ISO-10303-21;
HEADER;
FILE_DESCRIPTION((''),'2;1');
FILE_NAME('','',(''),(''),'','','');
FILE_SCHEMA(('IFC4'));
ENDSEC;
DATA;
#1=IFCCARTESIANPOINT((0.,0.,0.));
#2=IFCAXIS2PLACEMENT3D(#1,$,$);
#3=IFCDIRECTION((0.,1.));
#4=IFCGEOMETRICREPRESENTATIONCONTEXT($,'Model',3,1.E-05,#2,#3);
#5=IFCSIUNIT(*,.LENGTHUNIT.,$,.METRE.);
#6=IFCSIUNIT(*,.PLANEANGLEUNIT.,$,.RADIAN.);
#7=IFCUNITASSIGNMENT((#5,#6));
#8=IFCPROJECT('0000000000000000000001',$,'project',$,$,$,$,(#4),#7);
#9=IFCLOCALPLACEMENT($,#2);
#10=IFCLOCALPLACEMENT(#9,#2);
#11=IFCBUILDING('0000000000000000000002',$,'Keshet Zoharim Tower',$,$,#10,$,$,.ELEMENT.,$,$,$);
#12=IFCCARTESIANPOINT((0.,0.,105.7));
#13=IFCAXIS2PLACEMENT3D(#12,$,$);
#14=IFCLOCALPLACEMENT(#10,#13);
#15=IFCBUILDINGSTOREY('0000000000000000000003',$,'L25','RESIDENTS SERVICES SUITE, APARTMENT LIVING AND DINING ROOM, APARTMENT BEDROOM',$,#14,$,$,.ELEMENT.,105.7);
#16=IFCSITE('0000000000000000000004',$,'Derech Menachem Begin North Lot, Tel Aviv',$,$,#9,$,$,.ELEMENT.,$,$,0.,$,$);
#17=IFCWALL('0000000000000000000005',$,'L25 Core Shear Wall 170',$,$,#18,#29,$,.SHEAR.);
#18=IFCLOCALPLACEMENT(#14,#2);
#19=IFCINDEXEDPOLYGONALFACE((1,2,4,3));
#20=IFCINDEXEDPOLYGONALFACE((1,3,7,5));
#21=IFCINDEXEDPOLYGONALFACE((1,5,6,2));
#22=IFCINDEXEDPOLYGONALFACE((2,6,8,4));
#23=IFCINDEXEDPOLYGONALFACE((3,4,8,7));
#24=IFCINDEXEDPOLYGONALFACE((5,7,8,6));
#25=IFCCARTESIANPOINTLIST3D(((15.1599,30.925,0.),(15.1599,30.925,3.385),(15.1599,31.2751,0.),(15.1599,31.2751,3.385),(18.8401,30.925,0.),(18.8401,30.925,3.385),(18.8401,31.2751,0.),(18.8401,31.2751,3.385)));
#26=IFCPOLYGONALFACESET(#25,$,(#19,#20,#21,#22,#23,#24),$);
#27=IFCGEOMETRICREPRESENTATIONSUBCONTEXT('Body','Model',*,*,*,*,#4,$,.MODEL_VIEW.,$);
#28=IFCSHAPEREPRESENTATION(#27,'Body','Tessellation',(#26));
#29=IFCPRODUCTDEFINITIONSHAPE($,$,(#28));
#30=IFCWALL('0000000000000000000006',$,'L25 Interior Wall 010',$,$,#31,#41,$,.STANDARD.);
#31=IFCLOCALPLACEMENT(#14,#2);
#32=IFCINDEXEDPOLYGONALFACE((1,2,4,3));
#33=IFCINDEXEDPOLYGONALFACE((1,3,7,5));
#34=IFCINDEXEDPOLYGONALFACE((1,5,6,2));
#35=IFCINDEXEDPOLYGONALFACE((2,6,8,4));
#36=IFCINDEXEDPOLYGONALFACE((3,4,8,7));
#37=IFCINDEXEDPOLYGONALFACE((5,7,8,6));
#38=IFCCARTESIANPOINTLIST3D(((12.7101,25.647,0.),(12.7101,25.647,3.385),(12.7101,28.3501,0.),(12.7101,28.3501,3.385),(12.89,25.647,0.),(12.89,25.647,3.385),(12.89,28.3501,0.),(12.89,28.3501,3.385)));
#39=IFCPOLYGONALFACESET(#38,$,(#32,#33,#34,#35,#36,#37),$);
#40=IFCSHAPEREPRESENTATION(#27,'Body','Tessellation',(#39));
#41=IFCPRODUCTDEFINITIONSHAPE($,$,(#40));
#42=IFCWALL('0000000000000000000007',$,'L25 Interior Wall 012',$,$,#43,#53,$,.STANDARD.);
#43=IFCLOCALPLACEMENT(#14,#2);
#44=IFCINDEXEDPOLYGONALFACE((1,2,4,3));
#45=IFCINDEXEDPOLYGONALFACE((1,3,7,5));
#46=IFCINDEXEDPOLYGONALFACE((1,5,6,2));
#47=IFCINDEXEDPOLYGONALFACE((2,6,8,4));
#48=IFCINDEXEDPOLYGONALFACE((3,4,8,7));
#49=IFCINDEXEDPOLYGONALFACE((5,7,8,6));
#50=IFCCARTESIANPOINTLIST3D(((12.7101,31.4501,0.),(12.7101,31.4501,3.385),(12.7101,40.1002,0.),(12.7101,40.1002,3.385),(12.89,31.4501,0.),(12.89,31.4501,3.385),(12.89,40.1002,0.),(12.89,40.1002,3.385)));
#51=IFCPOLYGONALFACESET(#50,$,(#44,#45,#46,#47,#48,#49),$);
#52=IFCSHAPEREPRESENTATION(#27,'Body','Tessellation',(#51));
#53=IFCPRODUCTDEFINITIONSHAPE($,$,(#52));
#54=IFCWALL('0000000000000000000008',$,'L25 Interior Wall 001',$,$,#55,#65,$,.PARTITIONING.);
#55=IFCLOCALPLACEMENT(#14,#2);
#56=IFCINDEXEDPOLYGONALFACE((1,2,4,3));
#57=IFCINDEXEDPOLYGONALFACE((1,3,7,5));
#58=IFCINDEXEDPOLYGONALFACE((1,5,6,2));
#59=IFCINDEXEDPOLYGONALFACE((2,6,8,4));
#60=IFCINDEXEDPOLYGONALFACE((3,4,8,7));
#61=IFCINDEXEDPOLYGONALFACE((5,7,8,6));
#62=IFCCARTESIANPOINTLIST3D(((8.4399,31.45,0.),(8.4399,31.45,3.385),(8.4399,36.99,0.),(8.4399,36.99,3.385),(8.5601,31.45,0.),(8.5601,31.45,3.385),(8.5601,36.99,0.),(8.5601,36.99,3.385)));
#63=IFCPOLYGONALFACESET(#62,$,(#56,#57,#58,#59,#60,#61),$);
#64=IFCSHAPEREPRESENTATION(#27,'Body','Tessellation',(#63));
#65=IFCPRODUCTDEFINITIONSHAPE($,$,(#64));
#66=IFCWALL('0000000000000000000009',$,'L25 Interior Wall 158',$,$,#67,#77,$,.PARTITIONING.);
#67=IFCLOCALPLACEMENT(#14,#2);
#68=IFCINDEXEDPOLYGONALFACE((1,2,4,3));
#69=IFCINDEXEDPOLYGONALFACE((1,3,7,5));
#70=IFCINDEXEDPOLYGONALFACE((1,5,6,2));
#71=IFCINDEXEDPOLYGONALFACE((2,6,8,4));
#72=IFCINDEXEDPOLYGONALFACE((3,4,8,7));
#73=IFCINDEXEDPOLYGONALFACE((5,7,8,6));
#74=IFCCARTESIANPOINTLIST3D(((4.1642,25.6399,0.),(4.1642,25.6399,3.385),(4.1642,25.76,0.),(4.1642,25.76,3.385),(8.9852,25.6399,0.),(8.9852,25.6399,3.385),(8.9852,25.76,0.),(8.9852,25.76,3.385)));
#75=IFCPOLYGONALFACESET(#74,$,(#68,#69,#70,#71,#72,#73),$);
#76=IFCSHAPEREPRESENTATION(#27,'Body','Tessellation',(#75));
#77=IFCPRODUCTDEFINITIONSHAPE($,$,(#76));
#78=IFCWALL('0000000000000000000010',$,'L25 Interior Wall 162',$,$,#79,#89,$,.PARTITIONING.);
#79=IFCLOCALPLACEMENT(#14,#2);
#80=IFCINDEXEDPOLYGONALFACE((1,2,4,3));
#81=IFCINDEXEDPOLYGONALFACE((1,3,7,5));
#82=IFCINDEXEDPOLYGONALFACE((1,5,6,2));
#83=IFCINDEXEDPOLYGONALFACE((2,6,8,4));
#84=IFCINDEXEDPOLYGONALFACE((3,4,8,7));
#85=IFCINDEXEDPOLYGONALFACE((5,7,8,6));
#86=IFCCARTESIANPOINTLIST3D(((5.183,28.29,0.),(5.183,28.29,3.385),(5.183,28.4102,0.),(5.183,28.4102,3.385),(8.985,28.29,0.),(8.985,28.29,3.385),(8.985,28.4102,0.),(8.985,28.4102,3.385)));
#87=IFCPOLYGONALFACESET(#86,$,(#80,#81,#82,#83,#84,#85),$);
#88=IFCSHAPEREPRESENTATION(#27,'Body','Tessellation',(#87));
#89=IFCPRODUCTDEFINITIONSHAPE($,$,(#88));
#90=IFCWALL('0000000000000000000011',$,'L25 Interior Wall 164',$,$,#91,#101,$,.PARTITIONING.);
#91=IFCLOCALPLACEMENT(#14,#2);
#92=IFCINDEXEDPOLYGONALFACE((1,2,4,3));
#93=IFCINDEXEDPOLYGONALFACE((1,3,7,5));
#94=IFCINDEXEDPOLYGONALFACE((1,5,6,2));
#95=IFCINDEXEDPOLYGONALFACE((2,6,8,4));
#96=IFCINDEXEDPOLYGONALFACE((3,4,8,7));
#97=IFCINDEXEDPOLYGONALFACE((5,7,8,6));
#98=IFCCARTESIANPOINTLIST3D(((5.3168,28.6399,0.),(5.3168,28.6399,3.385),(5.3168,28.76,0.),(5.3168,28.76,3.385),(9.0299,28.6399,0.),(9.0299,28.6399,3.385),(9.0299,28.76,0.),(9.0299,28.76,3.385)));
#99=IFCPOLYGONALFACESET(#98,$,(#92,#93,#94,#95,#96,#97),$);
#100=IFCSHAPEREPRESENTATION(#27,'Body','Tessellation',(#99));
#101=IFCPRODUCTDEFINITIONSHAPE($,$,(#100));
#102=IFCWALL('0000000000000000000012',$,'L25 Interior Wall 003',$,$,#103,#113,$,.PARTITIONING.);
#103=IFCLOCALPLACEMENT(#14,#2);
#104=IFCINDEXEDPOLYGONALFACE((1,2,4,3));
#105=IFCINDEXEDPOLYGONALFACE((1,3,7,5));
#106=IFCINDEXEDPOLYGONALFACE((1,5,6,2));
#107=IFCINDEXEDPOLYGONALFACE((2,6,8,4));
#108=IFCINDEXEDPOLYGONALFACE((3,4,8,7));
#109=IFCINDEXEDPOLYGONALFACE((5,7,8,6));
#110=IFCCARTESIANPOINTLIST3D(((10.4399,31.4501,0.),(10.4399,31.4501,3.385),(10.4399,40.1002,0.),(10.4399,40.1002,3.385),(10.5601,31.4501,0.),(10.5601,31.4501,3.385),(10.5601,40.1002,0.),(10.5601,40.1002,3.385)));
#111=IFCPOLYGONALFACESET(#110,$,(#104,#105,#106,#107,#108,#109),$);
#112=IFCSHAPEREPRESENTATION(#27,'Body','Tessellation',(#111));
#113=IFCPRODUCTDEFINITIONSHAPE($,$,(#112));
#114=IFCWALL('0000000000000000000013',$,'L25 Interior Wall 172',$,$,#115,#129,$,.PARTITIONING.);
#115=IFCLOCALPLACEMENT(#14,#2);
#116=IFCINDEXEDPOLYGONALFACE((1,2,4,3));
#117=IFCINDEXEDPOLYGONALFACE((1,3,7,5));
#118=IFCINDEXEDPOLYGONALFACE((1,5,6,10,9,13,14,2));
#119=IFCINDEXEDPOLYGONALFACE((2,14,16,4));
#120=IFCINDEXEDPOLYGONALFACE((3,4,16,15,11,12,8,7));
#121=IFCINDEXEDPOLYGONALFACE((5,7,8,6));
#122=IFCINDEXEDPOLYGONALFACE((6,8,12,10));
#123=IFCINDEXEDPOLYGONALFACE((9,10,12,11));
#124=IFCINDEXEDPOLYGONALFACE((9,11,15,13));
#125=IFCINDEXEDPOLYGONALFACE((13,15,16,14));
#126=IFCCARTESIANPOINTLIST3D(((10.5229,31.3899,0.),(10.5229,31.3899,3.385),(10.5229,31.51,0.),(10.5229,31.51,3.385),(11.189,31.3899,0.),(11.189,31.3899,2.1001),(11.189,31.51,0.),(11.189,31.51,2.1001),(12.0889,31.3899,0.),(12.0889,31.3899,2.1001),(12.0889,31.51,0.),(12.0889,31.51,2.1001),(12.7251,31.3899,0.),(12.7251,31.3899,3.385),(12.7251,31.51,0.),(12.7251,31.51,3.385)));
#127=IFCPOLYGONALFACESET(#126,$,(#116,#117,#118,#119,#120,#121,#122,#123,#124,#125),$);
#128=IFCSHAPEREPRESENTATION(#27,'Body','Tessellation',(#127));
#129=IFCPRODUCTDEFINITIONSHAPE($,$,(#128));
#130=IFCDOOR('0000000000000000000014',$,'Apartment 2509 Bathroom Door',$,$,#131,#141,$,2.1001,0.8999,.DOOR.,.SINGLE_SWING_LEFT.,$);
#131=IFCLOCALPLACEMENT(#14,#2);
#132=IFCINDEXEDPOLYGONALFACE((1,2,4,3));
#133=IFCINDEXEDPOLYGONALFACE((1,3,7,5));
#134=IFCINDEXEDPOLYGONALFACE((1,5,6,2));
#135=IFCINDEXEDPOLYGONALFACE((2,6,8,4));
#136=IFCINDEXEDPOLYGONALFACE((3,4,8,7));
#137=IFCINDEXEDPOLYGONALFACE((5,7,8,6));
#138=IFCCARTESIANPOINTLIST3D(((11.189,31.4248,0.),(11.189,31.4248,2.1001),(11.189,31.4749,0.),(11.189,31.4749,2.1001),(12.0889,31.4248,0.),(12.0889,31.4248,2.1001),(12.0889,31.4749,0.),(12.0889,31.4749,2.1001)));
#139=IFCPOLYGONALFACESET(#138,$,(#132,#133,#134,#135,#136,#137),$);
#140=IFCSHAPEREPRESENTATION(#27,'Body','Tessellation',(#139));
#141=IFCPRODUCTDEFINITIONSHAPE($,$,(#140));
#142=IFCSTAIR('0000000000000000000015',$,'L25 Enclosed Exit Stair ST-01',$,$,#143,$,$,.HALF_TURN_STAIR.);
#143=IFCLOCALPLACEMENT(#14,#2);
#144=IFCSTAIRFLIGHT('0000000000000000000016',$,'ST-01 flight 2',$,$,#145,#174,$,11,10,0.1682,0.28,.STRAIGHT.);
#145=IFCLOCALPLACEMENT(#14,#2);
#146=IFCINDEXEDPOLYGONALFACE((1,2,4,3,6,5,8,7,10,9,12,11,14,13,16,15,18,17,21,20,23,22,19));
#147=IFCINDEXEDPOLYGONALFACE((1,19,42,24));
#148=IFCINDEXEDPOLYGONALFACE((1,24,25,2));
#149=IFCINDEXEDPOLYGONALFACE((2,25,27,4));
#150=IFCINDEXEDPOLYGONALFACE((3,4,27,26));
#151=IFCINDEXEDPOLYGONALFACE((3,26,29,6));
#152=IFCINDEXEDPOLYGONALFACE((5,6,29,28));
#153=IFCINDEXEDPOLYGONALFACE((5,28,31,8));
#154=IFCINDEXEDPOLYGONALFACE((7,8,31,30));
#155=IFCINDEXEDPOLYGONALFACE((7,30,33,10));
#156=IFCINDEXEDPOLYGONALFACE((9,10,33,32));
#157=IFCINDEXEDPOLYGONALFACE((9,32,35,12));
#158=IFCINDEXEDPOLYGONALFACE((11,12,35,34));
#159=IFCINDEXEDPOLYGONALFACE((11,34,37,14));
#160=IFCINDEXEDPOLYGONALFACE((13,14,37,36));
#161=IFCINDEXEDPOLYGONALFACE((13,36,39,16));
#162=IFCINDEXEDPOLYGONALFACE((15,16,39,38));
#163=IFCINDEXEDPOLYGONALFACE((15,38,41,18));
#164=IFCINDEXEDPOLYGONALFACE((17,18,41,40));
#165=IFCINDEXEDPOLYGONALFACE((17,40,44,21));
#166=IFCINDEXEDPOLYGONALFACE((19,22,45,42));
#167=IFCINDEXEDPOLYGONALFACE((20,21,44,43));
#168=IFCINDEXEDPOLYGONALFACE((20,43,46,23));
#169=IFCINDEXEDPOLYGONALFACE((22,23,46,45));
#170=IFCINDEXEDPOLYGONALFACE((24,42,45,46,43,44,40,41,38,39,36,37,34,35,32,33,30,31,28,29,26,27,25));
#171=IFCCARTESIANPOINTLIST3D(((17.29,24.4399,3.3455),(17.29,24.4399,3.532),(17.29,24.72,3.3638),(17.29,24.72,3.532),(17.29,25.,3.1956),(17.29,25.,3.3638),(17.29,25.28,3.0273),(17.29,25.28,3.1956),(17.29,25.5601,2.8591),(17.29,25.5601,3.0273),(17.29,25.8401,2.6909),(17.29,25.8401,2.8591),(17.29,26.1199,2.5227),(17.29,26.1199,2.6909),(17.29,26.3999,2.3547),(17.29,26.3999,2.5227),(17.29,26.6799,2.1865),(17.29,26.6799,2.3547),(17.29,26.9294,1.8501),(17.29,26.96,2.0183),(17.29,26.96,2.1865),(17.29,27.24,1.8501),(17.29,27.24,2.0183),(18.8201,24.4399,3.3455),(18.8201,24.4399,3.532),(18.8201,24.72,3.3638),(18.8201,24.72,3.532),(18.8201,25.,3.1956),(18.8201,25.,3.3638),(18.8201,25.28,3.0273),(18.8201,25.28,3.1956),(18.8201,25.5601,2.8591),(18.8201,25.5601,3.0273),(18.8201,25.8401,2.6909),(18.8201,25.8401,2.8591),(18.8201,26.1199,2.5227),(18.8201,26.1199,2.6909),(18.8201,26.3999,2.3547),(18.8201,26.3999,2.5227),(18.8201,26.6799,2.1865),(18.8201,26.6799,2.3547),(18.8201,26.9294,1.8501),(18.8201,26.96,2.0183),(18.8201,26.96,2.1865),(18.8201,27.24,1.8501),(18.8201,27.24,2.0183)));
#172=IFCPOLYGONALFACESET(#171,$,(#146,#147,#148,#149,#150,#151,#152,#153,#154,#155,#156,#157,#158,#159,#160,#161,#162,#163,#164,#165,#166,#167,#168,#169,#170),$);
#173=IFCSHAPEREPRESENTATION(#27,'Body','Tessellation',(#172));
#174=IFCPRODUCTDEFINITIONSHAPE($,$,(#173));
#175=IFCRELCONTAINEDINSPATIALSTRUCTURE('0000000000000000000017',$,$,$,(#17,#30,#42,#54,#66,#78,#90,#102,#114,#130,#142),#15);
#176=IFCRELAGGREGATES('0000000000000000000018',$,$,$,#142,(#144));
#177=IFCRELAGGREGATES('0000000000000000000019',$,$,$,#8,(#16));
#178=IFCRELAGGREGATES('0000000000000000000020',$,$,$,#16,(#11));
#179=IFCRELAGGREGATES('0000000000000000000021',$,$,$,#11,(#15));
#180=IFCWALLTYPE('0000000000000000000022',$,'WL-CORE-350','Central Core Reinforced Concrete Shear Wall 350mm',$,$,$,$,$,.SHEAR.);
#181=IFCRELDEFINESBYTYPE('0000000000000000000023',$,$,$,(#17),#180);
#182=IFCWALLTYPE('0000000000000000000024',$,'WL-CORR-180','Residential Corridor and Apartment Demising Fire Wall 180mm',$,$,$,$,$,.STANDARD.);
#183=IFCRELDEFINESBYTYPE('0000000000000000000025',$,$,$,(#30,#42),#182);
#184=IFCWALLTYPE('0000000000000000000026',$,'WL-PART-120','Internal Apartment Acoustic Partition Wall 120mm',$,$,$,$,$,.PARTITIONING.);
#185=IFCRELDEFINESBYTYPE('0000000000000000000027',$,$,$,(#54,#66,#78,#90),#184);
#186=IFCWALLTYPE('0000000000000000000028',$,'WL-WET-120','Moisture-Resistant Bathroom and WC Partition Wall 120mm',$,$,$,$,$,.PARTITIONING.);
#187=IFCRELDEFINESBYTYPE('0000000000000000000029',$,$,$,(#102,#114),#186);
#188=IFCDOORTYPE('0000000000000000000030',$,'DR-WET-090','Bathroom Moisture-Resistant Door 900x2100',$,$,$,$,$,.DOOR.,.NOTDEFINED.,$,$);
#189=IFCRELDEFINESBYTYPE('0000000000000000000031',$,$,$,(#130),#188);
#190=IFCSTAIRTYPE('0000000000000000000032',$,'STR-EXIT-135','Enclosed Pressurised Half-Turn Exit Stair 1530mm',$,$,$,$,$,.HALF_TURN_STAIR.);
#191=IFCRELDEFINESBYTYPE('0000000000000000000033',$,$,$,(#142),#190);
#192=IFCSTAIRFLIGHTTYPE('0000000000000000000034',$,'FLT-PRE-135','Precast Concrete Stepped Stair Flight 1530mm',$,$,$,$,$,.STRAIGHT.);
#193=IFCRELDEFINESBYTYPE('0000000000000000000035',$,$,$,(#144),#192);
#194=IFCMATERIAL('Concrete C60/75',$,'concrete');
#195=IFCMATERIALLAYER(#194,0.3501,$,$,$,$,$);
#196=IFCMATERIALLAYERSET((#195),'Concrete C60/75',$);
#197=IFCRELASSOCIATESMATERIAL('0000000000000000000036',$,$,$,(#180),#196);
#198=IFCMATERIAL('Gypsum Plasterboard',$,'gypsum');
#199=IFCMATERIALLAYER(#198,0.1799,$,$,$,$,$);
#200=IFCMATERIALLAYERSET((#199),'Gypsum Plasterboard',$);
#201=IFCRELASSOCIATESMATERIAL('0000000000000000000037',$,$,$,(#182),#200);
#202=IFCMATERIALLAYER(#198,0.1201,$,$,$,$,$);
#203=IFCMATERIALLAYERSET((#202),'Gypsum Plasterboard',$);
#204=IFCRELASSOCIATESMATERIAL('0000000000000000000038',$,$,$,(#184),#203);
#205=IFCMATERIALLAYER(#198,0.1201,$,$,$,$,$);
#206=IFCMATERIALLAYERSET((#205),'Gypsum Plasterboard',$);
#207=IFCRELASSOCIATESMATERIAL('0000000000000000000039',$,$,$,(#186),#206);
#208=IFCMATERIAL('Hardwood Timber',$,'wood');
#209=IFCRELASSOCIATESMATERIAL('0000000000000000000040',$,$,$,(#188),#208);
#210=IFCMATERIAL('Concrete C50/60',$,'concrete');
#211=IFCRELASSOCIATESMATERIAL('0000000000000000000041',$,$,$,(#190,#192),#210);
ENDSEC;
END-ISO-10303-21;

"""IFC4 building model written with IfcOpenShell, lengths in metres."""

from ifc_helpers import new_model, si_unit, direction, frame, frame_2d, origin, place, context, subcontext, project, spatial, polyline, rectangle, outline, extrude, material, layer, layer_set, type_object, element, fill, aggregate, save


model = new_model("IFC4")

# Units and contexts
model_context = context("Model", 3, precision=1e-05, world=origin(), true_north=direction((0.0, 1.0)))
body_context = subcontext(model_context, "Body", "Model", "MODEL_VIEW")
ifc_project = project(units=[si_unit("LENGTHUNIT", "METRE"), si_unit("PLANEANGLEUNIT", "RADIAN")], contexts=[model_context])

# Site, building, storey
site_placement = place(None, origin())
site = spatial("IfcSite", under=ifc_project, at=site_placement, Name="Derech Menachem Begin North Lot, Tel Aviv", CompositionType="ELEMENT", RefElevation=0.0)
building_placement = place(site_placement, origin())
building = spatial("IfcBuilding", under=site, at=building_placement, Name="Keshet Zoharim Tower", CompositionType="ELEMENT")
storey_placement = place(building_placement, frame((0.0, 0.0, 105.7)))
storey = spatial("IfcBuildingStorey", under=building, at=storey_placement, Name="L25", Description="RESIDENTS SERVICES SUITE, APARTMENT LIVING AND DINING ROOM, APARTMENT BEDROOM", CompositionType="ELEMENT", Elevation=105.7)

# Shared definitions
ifc_material_1 = material(Name="Concrete C60/75", Category="concrete")
ifc_layer_1 = layer(ifc_material_1, 0.3501)
ifc_layer_set_1 = layer_set([ifc_layer_1], Name="Concrete C60/75")
wall_type_1 = type_object("IfcWallType", Name="WL-CORE-350", Description="Central Core Reinforced Concrete Shear Wall 350mm", PredefinedType="SHEAR", material=ifc_layer_set_1)
ifc_material_2 = material(Name="Hardwood Timber", Category="wood")

# Walls
for number, where, z_axis, x_axis, name in (
    (1, (15.1599, 31.1001, 0.0), (0.0, 0.0, 1.0), (1.0, 0.0, 0.0), "L25 Core Shear Wall 170"),
):
    element("IfcWall", number, at=place(storey_placement, frame(where, z_axis=z_axis, x_axis=x_axis)), inside=storey, type_object=wall_type_1, Name=name, PredefinedType="SHEAR", context=body_context, shape_type="SweptSolid", body=[
        extrude(rectangle(XDim=3.6802, YDim=0.3501, at=frame_2d((1.8401, 0.0))), origin(), (0.0, 0.0, 1.0), 3.385),
    ])
ifc_material_3 = material(Name="Gypsum Plasterboard", Category="gypsum")
ifc_layer_2 = layer(ifc_material_3, 0.1799)
ifc_layer_set_2 = layer_set([ifc_layer_2], Name="Gypsum Plasterboard")
wall_type_2 = type_object("IfcWallType", Name="WL-CORR-180", Description="Residential Corridor and Apartment Demising Fire Wall 180mm", PredefinedType="STANDARD", material=ifc_layer_set_2)
wall_1_placement = place(storey_placement, frame((12.8, 25.647, 0.0), z_axis=(0.0, 0.0, 1.0), x_axis=(0.0, 1.0, 0.0)))
element("IfcWall", 2, at=wall_1_placement, inside=storey, type_object=wall_type_2, Name="L25 Interior Wall 010", PredefinedType="STANDARD", context=body_context, shape_type="SweptSolid", body=[
    extrude(rectangle(XDim=2.7031, YDim=0.1799, at=frame_2d((1.3516, 0.0))), origin(), (0.0, 0.0, 1.0), 3.385),
])

# Walls
wall_2_placement = place(storey_placement, frame((12.8, 31.45, 0.0), z_axis=(0.0, 0.0, 1.0), x_axis=(0.0, 1.0, 0.0)))
element("IfcWall", 3, at=wall_2_placement, inside=storey, type_object=wall_type_2, Name="L25 Interior Wall 012", PredefinedType="STANDARD", context=body_context, shape_type="SweptSolid", body=[
    extrude(rectangle(XDim=8.6501, YDim=0.1799, at=frame_2d((4.3252, 0.0))), origin(), (0.0, 0.0, 1.0), 3.385),
])
ifc_layer_3 = layer(ifc_material_3, 0.1201)
ifc_layer_set_3 = layer_set([ifc_layer_3], Name="Gypsum Plasterboard")
wall_type_3 = type_object("IfcWallType", Name="WL-PART-120", Description="Internal Apartment Acoustic Partition Wall 120mm", PredefinedType="PARTITIONING", material=ifc_layer_set_3)
wall_3_placement = place(storey_placement, frame((8.5, 31.45, 0.0), z_axis=(0.0, 0.0, 1.0), x_axis=(0.0, 1.0, 0.0)))
element("IfcWall", 4, at=wall_3_placement, inside=storey, type_object=wall_type_3, Name="L25 Interior Wall 001", PredefinedType="PARTITIONING", context=body_context, shape_type="SweptSolid", body=[
    extrude(rectangle(XDim=5.54, YDim=0.1201, at=frame_2d((2.77, 0.0))), origin(), (0.0, 0.0, 1.0), 3.385),
])

# Walls
wall_4_placement = place(storey_placement, frame((4.1641, 25.7, 0.0), z_axis=(0.0, 0.0, 1.0), x_axis=(1.0, 0.0, 0.0)))
element("IfcWall", 5, at=wall_4_placement, inside=storey, type_object=wall_type_3, Name="L25 Interior Wall 158", PredefinedType="PARTITIONING", context=body_context, shape_type="SweptSolid", body=[
    extrude(rectangle(XDim=4.821, YDim=0.1201, at=frame_2d((2.4106, 0.0))), origin(), (0.0, 0.0, 1.0), 3.385),
])
wall_5_placement = place(storey_placement, frame((5.1831, 28.3501, 0.0), z_axis=(0.0, 0.0, 1.0), x_axis=(1.0, 0.0, 0.0)))
element("IfcWall", 6, at=wall_5_placement, inside=storey, type_object=wall_type_3, Name="L25 Interior Wall 162", PredefinedType="PARTITIONING", context=body_context, shape_type="SweptSolid", body=[
    extrude(rectangle(XDim=3.802, YDim=0.1201, at=frame_2d((1.9009, 0.0))), origin(), (0.0, 0.0, 1.0), 3.385),
])
wall_6_placement = place(storey_placement, frame((5.3169, 28.7, 0.0), z_axis=(0.0, 0.0, 1.0), x_axis=(1.0, 0.0, 0.0)))
element("IfcWall", 7, at=wall_6_placement, inside=storey, type_object=wall_type_3, Name="L25 Interior Wall 164", PredefinedType="PARTITIONING", context=body_context, shape_type="SweptSolid", body=[
    extrude(rectangle(XDim=3.7131, YDim=0.1201, at=frame_2d((1.8564, 0.0))), origin(), (0.0, 0.0, 1.0), 3.385),
])

# Wall
ifc_layer_4 = layer(ifc_material_3, 0.1201)
ifc_layer_set_4 = layer_set([ifc_layer_4], Name="Gypsum Plasterboard")
wall_type_4 = type_object("IfcWallType", Name="WL-WET-120", Description="Moisture-Resistant Bathroom and WC Partition Wall 120mm", PredefinedType="PARTITIONING", material=ifc_layer_set_4)
wall_7_placement = place(storey_placement, frame((10.5, 31.45, 0.0), z_axis=(0.0, 0.0, 1.0), x_axis=(0.0, 1.0, 0.0)))
element("IfcWall", 8, at=wall_7_placement, inside=storey, type_object=wall_type_4, Name="L25 Interior Wall 003", PredefinedType="PARTITIONING", context=body_context, shape_type="SweptSolid", body=[
    extrude(rectangle(XDim=8.6501, YDim=0.1201, at=frame_2d((4.3252, 0.0))), origin(), (0.0, 0.0, 1.0), 3.385),
])

# Wall, opening, door
wall_8_placement = place(storey_placement, frame((10.5229, 31.45, 0.0), z_axis=(0.0, 0.0, 1.0), x_axis=(1.0, 0.0, 0.0)))
wall_8 = element("IfcWall", 9, at=wall_8_placement, inside=storey, type_object=wall_type_4, Name="L25 Interior Wall 172", PredefinedType="PARTITIONING", context=body_context, shape_type="SweptSolid", body=[
    extrude(rectangle(XDim=2.2021, YDim=0.1201, at=frame_2d((1.1011, 0.0))), origin(), (0.0, 0.0, 1.0), 3.385),
])
opening_1_placement = place(wall_8_placement, frame((0.666, 0.0, 0.0)))
opening_1 = element("IfcOpeningElement", 10, at=opening_1_placement, cuts=wall_8, PredefinedType="OPENING", context=body_context, shape_type="SweptSolid", body=[
    extrude(rectangle(XDim=0.8999, YDim=2.1001, at=frame_2d((0.45, 1.05))), frame((0.0, 0.0701, 0.0), z_axis=(0.0, -1.0, 0.0), x_axis=(1.0, 0.0, 0.0)), (0.0, 0.0, 1.0), 0.1401),
])
door_type_1 = type_object("IfcDoorType", Name="DR-WET-090", Description="Bathroom Moisture-Resistant Door 900x2100", OperationType="NOTDEFINED", PredefinedType="DOOR", material=ifc_material_2)
door_1_placement = place(opening_1_placement, origin())
door_1 = element("IfcDoor", 11, at=door_1_placement, inside=storey, type_object=door_type_1, Name="Apartment 2509 Bathroom Door", OperationType="SINGLE_SWING_LEFT", OverallHeight=2.1001, OverallWidth=0.8999, PredefinedType="DOOR", context=body_context, shape_type="SweptSolid", body=[
    extrude(rectangle(XDim=0.8999, YDim=2.1001, at=frame_2d((0.45, 1.05))), frame((0.0, 0.0249, 0.0), z_axis=(0.0, -1.0, 0.0), x_axis=(1.0, 0.0, 0.0)), (0.0, 0.0, 1.0), 0.05),
])
fill(opening_1, door_1)

# Stair, stair flight
ifc_material_4 = material(Name="Concrete C50/60", Category="concrete")
stair_type = type_object("IfcStairType", Name="STR-EXIT-135", Description="Enclosed Pressurised Half-Turn Exit Stair 1530mm", PredefinedType="HALF_TURN_STAIR", material=ifc_material_4)
stair_1_placement = place(storey_placement, origin())
stair_1 = element("IfcStair", 12, at=stair_1_placement, inside=storey, type_object=stair_type, Name="L25 Enclosed Exit Stair ST-01", PredefinedType="HALF_TURN_STAIR")
stair_flight_type = type_object("IfcStairFlightType", Name="FLT-PRE-135", Description="Precast Concrete Stepped Stair Flight 1530mm", PredefinedType="STRAIGHT", material=ifc_material_4)
stair_flight_1_placement = place(storey_placement, frame((18.0549, 27.24, 1.8501), z_axis=(0.0, 0.0, 1.0), x_axis=(0.0, -1.0, 0.0)))
stair_flight_1 = element("IfcStairFlight", 13, at=stair_flight_1_placement, type_object=stair_flight_type, Name="ST-01 flight 2", NumberOfRisers=11, NumberOfTreads=10, PredefinedType="STRAIGHT", RiserHeight=0.1682, TreadLength=0.28, context=body_context, shape_type="SweptSolid", body=[
    extrude(outline(polyline([(0.0, 0.0), (0.0, 0.1682), (0.28, 0.1682), (0.28, 0.3364), (0.5601, 0.3364), (0.5601, 0.5046), (0.8401, 0.5046), (0.8401, 0.6726), (1.1201, 0.6726), (1.1201, 0.8408), (1.3999, 0.8408), (1.3999, 1.009), (1.6799, 1.009), (1.6799, 1.1772), (1.96, 1.1772), (1.96, 1.3455), (2.24, 1.3455), (2.24, 1.5137), (2.52, 1.5137), (2.52, 1.6819), (2.8, 1.6819), (2.8, 1.8501), (2.8, 1.4954), (0.3105, 0.0), (0.0, 0.0)])), frame((0.0, 0.7651, 0.0), z_axis=(0.0, -1.0, 0.0), x_axis=(1.0, 0.0, 0.0)), (0.0, 0.0, 1.0), 1.53),
])
aggregate(stair_1, [stair_flight_1])

save(model, "model.ifc")
